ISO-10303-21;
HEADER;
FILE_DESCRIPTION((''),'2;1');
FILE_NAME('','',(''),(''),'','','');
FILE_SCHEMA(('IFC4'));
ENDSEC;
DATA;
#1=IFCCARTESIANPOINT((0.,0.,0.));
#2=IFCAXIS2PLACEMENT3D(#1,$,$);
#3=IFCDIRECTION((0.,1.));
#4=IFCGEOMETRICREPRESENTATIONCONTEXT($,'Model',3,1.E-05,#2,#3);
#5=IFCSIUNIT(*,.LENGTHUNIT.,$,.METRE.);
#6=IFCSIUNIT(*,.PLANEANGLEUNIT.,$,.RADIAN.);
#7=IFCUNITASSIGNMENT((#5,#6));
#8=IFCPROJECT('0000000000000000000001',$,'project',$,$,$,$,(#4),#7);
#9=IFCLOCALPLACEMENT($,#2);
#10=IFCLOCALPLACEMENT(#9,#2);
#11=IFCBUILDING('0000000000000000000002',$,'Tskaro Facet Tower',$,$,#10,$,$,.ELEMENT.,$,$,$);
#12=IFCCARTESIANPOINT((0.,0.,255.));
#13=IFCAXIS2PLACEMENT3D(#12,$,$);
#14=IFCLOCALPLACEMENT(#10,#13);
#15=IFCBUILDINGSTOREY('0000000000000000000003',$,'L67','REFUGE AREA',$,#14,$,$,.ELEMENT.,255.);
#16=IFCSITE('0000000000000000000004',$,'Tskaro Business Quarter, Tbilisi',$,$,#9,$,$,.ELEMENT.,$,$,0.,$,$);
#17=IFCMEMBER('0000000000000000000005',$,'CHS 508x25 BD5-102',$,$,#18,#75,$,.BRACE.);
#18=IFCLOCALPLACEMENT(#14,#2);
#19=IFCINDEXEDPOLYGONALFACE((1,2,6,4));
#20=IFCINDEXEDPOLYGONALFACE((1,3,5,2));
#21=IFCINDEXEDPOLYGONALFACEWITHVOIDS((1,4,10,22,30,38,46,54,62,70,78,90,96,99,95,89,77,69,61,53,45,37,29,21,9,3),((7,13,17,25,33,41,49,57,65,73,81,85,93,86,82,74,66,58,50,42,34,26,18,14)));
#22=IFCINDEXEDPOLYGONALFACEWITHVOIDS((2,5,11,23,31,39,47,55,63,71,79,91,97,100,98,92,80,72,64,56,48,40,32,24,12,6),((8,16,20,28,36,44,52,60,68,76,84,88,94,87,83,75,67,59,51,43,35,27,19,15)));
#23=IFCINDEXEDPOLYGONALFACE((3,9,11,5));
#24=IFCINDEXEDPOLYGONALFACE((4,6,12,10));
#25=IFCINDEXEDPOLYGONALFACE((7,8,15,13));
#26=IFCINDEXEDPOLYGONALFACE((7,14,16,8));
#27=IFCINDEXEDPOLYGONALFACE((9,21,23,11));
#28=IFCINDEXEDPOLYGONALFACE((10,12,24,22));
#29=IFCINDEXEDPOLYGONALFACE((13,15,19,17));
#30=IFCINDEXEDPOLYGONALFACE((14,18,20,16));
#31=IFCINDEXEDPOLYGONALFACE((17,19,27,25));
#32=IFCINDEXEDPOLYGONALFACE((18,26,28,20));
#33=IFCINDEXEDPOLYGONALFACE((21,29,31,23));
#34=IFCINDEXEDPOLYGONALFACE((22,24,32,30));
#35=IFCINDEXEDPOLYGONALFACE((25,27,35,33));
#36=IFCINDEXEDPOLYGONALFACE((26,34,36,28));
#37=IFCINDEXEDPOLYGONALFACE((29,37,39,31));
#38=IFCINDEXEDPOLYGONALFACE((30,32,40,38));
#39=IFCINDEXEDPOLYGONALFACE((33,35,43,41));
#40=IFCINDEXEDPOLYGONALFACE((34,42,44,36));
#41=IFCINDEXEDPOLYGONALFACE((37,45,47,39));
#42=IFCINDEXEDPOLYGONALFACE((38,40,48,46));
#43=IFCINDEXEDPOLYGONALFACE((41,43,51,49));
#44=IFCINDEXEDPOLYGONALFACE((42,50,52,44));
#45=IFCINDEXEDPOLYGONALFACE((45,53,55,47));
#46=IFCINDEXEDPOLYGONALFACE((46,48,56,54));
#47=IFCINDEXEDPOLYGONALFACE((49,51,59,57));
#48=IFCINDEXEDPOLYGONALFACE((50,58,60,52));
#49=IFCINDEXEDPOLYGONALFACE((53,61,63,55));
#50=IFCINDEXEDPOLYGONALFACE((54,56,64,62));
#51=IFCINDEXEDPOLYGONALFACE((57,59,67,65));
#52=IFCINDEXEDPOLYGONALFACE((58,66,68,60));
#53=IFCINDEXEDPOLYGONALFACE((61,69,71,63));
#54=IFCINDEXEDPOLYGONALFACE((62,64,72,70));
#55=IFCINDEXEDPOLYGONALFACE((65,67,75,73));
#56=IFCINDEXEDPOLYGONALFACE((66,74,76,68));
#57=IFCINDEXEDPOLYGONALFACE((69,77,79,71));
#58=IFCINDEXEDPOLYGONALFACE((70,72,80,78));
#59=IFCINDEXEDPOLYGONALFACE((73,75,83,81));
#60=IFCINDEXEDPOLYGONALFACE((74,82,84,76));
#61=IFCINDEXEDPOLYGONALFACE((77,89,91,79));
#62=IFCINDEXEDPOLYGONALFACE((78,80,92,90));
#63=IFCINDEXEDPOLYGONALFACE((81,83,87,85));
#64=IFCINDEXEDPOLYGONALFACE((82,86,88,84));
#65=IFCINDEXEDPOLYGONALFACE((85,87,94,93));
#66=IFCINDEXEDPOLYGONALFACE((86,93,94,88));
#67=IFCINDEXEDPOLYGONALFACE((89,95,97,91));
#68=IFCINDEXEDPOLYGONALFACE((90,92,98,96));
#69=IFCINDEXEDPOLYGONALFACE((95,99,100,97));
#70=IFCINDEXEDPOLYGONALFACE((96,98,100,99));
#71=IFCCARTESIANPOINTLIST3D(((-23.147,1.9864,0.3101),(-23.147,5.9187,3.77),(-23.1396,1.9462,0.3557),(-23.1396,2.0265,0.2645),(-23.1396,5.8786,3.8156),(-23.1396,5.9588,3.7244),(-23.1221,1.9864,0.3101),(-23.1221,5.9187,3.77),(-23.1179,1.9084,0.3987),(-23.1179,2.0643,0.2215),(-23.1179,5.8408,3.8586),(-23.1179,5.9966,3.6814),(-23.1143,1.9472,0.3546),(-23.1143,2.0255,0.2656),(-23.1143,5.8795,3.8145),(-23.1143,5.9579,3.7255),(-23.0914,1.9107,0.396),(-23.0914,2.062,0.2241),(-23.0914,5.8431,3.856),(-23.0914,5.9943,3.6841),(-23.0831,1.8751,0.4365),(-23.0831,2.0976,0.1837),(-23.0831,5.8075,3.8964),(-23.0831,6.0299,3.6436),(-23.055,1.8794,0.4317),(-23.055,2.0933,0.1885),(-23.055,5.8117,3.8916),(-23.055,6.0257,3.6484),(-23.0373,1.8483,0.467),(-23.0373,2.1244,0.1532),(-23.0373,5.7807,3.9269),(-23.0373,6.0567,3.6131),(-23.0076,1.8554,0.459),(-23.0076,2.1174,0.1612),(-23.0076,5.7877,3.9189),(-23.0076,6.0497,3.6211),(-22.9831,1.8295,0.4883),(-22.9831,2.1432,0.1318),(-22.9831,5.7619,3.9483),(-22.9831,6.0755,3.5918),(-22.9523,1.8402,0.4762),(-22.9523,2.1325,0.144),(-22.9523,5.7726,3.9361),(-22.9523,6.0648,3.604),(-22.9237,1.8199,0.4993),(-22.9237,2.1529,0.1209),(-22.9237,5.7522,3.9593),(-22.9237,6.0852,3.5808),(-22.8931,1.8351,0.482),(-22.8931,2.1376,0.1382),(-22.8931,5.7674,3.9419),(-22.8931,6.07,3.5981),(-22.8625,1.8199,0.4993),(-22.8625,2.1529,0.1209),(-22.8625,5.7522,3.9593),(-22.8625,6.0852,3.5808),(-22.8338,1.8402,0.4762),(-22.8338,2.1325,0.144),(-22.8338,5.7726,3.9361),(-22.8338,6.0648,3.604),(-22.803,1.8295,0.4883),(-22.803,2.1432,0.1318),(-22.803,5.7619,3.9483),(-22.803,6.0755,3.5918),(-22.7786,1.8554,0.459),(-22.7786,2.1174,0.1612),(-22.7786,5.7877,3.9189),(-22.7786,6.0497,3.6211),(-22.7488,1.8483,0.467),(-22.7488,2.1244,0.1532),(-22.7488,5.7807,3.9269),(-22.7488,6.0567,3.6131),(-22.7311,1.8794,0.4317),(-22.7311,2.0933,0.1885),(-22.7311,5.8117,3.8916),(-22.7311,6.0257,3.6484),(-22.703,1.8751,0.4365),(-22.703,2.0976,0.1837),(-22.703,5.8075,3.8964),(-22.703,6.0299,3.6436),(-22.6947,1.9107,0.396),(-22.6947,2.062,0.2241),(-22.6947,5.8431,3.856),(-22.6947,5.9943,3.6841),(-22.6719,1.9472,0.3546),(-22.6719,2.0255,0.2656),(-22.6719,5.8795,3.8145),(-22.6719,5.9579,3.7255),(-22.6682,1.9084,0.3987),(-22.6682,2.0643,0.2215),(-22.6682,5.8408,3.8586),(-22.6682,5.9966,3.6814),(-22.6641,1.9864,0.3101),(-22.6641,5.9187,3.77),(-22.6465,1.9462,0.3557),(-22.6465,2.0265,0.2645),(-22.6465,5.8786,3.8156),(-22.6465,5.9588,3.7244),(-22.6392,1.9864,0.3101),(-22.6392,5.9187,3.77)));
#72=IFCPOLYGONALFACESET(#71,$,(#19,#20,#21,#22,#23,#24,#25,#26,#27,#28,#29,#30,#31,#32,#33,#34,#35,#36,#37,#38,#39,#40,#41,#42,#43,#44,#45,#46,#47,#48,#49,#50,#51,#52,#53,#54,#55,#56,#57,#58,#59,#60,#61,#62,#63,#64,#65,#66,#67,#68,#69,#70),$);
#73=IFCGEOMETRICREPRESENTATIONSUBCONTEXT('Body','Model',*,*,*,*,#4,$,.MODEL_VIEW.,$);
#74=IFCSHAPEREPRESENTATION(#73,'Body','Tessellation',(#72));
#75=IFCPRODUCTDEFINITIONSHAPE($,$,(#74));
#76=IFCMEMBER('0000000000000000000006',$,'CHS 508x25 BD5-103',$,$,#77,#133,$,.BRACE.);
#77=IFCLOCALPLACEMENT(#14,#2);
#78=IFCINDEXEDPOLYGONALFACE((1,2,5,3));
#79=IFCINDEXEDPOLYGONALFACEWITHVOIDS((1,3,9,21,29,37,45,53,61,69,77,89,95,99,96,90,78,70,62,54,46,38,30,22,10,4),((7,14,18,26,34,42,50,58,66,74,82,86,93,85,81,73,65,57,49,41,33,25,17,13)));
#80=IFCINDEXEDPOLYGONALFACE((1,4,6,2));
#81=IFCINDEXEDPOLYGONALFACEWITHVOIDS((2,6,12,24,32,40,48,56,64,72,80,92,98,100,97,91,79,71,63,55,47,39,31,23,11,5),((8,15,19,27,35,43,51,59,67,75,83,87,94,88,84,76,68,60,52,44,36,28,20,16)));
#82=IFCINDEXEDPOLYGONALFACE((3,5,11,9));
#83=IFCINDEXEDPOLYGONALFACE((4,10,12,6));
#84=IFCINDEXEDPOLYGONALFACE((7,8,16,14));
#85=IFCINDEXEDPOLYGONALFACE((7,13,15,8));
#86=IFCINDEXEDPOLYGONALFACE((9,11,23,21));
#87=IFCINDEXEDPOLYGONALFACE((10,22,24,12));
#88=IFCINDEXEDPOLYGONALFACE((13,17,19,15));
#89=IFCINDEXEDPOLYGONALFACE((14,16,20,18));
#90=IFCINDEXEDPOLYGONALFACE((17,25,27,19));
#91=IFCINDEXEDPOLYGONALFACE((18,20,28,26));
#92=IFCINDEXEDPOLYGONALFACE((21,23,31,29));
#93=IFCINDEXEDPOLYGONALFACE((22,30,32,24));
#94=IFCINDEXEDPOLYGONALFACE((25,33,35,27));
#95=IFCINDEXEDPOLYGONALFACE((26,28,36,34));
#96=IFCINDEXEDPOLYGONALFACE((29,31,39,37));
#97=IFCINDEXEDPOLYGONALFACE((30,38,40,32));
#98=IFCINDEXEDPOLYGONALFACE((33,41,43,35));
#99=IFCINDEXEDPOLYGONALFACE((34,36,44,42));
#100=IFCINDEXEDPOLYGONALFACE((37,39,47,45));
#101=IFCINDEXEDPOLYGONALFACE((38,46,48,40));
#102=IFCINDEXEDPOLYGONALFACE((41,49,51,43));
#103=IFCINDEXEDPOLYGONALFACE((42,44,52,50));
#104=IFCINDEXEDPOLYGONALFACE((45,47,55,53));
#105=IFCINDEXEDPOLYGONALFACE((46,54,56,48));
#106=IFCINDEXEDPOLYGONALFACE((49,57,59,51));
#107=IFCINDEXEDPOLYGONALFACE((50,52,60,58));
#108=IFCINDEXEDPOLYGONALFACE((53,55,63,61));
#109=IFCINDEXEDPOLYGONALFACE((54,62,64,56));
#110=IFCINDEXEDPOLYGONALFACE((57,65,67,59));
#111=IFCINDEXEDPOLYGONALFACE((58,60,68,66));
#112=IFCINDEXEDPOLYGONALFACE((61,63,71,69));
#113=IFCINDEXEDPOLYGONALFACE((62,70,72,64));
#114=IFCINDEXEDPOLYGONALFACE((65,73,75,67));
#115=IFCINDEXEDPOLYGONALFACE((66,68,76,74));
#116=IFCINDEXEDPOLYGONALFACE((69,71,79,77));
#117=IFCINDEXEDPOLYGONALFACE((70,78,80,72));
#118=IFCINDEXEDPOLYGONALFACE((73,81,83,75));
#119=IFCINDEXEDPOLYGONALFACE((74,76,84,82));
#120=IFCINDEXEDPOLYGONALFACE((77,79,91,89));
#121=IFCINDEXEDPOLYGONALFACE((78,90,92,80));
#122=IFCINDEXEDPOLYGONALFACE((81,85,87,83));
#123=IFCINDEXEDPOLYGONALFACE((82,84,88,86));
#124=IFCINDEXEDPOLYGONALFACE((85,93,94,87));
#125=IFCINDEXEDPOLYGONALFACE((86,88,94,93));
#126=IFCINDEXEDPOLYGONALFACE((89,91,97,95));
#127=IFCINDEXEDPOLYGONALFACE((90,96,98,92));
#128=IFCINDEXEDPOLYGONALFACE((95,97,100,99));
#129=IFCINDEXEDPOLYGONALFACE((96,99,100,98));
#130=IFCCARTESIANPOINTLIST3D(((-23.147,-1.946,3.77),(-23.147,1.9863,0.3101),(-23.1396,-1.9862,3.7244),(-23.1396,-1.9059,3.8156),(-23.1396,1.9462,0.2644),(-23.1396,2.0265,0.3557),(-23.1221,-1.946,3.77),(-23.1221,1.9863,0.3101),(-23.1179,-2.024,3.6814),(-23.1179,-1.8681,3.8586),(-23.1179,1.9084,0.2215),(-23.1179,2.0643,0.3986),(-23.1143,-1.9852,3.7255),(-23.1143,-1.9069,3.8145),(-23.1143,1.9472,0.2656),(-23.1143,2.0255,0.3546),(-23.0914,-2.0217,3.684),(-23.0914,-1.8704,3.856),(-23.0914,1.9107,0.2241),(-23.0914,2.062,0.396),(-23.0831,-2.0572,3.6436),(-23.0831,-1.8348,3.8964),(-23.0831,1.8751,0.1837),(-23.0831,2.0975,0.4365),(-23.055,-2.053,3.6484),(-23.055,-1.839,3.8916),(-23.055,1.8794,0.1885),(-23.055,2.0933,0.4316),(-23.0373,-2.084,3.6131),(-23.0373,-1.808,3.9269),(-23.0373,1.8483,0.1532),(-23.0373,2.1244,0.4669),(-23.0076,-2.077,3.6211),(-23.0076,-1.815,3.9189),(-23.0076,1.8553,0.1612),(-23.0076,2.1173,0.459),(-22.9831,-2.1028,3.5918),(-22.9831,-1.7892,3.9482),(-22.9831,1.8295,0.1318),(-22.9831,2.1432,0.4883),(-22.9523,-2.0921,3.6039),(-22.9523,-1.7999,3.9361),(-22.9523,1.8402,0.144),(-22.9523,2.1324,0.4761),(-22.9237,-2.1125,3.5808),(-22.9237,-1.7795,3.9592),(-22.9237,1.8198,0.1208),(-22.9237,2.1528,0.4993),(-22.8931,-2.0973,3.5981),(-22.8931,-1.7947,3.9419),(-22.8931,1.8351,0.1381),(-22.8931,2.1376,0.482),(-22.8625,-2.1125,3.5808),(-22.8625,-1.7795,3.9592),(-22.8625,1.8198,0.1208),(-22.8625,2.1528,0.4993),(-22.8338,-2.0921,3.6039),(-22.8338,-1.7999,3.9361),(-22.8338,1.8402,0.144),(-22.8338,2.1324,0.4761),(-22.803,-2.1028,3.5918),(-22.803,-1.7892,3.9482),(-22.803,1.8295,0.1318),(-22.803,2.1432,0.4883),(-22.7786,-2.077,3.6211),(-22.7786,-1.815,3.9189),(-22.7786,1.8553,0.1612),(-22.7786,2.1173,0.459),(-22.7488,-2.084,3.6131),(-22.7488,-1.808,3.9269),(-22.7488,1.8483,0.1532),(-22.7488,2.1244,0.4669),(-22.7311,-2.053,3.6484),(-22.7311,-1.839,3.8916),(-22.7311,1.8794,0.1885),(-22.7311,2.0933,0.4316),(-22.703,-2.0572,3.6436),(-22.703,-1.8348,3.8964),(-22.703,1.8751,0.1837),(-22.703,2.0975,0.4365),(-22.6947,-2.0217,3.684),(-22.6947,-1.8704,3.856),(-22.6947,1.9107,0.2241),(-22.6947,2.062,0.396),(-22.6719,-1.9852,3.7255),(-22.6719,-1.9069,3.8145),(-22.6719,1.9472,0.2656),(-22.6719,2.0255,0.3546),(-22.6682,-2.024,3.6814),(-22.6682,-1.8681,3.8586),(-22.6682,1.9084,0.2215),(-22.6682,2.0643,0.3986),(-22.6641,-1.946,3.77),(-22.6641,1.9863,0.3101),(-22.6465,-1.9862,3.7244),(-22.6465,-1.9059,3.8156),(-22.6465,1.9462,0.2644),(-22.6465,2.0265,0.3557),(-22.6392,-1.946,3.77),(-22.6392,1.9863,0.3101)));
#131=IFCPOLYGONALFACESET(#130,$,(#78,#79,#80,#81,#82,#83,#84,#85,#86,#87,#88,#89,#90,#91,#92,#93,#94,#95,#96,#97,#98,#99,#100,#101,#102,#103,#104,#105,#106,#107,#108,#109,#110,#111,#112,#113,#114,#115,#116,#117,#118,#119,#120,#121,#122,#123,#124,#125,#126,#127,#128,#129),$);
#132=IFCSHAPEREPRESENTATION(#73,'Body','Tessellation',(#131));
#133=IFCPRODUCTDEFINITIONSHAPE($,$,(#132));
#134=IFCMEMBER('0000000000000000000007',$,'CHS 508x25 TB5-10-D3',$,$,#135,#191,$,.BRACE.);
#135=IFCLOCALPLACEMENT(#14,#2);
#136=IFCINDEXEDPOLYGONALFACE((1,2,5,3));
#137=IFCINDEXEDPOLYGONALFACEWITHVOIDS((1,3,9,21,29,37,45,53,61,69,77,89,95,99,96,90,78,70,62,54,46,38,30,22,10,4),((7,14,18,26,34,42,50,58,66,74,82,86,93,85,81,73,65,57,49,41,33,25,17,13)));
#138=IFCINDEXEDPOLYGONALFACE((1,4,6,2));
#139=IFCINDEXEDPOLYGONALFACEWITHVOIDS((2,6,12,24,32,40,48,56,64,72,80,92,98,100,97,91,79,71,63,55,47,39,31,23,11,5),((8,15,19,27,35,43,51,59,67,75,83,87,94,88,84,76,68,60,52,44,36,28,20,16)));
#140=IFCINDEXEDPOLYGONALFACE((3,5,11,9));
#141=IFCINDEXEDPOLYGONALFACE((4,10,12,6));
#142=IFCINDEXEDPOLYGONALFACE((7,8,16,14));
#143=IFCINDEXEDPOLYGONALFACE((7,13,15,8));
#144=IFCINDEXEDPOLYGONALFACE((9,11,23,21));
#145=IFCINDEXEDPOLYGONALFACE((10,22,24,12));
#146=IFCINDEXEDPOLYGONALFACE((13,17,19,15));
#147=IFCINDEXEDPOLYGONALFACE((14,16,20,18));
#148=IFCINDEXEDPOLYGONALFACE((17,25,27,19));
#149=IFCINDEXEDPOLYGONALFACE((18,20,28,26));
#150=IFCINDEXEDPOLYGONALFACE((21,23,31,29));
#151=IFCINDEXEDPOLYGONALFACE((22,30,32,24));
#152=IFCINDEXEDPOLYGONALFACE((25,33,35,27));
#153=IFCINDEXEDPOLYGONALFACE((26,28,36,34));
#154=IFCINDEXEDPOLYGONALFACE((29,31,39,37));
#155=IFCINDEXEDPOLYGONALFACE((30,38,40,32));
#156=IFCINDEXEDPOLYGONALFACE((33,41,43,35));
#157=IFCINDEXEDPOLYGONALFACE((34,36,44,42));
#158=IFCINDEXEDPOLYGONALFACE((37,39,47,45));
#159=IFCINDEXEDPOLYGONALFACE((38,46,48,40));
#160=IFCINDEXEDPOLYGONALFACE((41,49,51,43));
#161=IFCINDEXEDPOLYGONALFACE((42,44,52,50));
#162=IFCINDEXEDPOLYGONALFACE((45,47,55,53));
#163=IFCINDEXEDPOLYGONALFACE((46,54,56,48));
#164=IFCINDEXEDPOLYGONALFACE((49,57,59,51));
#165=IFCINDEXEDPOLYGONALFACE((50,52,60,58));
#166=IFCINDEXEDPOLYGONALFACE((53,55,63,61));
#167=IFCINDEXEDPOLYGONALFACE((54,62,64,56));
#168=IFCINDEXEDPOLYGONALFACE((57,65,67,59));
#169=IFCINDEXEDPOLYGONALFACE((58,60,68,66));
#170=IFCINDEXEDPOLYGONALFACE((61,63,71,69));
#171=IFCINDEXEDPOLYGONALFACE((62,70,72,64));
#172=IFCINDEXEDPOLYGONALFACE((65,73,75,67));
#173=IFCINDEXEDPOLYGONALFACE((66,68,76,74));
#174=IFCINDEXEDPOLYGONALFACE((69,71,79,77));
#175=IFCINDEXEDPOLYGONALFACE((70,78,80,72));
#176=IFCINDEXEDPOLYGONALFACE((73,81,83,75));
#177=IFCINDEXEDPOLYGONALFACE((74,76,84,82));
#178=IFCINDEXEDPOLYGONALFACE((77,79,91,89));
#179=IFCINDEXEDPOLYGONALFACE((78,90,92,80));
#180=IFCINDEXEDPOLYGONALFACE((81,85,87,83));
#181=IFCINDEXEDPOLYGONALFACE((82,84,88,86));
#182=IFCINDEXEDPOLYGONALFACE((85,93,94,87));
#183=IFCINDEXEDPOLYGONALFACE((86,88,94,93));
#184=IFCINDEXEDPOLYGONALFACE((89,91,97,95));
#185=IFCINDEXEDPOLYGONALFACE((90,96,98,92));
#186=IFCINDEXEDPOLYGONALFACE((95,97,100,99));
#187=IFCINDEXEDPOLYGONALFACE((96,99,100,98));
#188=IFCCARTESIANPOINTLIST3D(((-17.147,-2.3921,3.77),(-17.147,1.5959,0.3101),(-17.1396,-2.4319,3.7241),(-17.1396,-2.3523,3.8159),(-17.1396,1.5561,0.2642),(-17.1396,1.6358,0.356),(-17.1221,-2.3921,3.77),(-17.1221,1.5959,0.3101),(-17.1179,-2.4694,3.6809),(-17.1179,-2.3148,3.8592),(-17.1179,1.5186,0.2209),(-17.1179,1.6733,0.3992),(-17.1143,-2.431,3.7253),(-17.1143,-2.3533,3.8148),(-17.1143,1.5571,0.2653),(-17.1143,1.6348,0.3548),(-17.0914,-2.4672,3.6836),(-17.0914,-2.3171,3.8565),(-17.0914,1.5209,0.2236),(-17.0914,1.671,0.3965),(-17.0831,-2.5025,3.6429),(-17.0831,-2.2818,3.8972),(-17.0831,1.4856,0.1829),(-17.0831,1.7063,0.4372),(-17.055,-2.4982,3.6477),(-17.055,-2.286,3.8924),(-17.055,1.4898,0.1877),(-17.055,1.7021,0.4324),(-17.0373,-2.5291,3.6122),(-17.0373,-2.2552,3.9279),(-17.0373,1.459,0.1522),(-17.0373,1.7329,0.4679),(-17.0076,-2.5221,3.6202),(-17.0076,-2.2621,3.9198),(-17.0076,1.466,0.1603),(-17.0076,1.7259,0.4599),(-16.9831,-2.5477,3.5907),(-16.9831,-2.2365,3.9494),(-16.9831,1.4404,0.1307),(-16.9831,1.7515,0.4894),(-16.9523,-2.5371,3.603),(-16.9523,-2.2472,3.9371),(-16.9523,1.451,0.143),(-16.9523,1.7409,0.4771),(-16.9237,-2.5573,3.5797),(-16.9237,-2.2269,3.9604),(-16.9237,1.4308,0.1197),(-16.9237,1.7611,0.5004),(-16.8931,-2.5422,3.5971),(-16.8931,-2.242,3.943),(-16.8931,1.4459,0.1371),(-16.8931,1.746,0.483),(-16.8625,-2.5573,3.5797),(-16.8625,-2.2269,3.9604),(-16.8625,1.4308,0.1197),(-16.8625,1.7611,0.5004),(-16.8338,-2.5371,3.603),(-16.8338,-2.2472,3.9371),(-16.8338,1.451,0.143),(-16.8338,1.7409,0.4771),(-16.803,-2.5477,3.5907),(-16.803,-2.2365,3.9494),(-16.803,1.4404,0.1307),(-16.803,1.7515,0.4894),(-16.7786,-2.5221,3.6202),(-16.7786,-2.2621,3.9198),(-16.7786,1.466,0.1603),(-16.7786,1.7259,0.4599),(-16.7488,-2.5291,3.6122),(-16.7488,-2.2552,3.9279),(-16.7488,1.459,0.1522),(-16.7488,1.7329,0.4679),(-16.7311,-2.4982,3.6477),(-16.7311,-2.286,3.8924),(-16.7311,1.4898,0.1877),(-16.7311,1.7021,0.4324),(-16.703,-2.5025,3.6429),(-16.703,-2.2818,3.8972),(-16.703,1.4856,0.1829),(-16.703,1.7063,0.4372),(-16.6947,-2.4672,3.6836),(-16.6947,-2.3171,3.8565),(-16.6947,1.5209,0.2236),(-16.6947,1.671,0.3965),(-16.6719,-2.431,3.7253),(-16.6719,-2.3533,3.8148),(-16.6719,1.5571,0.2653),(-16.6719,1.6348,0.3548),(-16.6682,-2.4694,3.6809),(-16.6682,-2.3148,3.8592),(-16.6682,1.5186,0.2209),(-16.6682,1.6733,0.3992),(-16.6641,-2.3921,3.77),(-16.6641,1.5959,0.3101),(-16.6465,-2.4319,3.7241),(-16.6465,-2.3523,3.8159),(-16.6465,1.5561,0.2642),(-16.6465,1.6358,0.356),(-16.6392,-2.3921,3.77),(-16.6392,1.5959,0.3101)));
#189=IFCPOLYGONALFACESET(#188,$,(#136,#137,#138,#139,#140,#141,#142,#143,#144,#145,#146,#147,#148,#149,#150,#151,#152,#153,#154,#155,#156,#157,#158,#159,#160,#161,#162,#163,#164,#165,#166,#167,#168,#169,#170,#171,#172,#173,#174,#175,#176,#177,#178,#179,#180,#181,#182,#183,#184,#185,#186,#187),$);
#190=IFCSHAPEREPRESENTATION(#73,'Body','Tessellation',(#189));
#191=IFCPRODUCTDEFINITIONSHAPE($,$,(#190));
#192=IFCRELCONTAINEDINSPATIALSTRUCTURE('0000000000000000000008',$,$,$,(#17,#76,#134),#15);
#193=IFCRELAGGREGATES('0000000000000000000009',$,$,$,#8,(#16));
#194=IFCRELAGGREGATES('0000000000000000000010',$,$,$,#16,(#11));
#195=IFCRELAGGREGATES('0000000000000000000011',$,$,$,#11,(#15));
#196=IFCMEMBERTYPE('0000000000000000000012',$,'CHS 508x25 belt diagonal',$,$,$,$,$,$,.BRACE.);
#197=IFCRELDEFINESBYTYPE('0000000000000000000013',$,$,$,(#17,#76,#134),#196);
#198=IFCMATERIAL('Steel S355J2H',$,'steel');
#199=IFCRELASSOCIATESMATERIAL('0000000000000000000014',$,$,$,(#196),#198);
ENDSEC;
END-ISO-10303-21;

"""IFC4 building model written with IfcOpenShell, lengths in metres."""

from ifc_helpers import new_model, si_unit, direction, frame, origin, origin_2d, place, context, subcontext, project, spatial, hollow_circle, extrude, material, material_profile, profile_set, type_object, element, save


model = new_model("IFC4")

# Units and contexts
model_context = context("Model", 3, precision=1e-05, world=origin(), true_north=direction((0.0, 1.0)))
body_context = subcontext(model_context, "Body", "Model", "MODEL_VIEW")
ifc_project = project(units=[si_unit("LENGTHUNIT", "METRE"), si_unit("PLANEANGLEUNIT", "RADIAN")], contexts=[model_context])

# Site, building, storey
site_placement = place(None, origin())
site = spatial("IfcSite", under=ifc_project, at=site_placement, Name="Tskaro Business Quarter, Tbilisi", CompositionType="ELEMENT", RefElevation=0.0)
building_placement = place(site_placement, origin())
building = spatial("IfcBuilding", under=site, at=building_placement, Name="Tskaro Facet Tower", CompositionType="ELEMENT")
storey_placement = place(building_placement, frame((0.0, 0.0, 255.0)))
storey = spatial("IfcBuildingStorey", under=building, at=storey_placement, Name="L67", Description="REFUGE AREA", CompositionType="ELEMENT", Elevation=255.0)

# Shared definitions
ifc_material_1 = material(Name="Steel S355J2H", Category="steel")

# Members
ifc_material_profile_1 = material_profile(ifc_material_1, hollow_circle(Radius=0.2539, WallThickness=0.0249, at=origin_2d()), Name="CHS 508x25")
ifc_profile_set_1 = profile_set([ifc_material_profile_1], Name="Steel S355J2H")
member_type_1 = type_object("IfcMemberType", Name="CHS 508x25 belt diagonal", PredefinedType="BRACE", material=ifc_profile_set_1)
for number, where, z_axis, x_axis, name in (
    (1, (-22.8931, 5.9187, 3.77), (0.0, -0.750763, -0.660571), (1.0, 0.0, 0.0), "CHS 508x25 BD5-102"),
    (2, (-22.8931, 1.9863, 0.3101), (0.0, -0.750763, 0.660571), (1.0, 0.0, 0.0), "CHS 508x25 BD5-103"),
):
    element("IfcMember", number, at=place(storey_placement, frame(where, z_axis=z_axis, x_axis=x_axis)), inside=storey, type_object=member_type_1, Name=name, PredefinedType="BRACE", context=body_context, shape_type="SweptSolid", body=[
        extrude(hollow_circle(Radius=0.2539, WallThickness=0.0249, at=origin_2d()), origin(), (0.0, 0.0, 1.0), 5.2378),
    ])
member_1_placement = place(storey_placement, frame((-16.8931, 1.5959, 0.3101), z_axis=(0.0, -0.755346, 0.655327), x_axis=(1.0, 0.0, 0.0)))
element("IfcMember", 3, at=member_1_placement, inside=storey, type_object=member_type_1, Name="CHS 508x25 TB5-10-D3", PredefinedType="BRACE", context=body_context, shape_type="SweptSolid", body=[
    extrude(hollow_circle(Radius=0.2539, WallThickness=0.0249, at=origin_2d()), origin(), (0.0, 0.0, 1.0), 5.2798),
])

save(model, "model.ifc")
